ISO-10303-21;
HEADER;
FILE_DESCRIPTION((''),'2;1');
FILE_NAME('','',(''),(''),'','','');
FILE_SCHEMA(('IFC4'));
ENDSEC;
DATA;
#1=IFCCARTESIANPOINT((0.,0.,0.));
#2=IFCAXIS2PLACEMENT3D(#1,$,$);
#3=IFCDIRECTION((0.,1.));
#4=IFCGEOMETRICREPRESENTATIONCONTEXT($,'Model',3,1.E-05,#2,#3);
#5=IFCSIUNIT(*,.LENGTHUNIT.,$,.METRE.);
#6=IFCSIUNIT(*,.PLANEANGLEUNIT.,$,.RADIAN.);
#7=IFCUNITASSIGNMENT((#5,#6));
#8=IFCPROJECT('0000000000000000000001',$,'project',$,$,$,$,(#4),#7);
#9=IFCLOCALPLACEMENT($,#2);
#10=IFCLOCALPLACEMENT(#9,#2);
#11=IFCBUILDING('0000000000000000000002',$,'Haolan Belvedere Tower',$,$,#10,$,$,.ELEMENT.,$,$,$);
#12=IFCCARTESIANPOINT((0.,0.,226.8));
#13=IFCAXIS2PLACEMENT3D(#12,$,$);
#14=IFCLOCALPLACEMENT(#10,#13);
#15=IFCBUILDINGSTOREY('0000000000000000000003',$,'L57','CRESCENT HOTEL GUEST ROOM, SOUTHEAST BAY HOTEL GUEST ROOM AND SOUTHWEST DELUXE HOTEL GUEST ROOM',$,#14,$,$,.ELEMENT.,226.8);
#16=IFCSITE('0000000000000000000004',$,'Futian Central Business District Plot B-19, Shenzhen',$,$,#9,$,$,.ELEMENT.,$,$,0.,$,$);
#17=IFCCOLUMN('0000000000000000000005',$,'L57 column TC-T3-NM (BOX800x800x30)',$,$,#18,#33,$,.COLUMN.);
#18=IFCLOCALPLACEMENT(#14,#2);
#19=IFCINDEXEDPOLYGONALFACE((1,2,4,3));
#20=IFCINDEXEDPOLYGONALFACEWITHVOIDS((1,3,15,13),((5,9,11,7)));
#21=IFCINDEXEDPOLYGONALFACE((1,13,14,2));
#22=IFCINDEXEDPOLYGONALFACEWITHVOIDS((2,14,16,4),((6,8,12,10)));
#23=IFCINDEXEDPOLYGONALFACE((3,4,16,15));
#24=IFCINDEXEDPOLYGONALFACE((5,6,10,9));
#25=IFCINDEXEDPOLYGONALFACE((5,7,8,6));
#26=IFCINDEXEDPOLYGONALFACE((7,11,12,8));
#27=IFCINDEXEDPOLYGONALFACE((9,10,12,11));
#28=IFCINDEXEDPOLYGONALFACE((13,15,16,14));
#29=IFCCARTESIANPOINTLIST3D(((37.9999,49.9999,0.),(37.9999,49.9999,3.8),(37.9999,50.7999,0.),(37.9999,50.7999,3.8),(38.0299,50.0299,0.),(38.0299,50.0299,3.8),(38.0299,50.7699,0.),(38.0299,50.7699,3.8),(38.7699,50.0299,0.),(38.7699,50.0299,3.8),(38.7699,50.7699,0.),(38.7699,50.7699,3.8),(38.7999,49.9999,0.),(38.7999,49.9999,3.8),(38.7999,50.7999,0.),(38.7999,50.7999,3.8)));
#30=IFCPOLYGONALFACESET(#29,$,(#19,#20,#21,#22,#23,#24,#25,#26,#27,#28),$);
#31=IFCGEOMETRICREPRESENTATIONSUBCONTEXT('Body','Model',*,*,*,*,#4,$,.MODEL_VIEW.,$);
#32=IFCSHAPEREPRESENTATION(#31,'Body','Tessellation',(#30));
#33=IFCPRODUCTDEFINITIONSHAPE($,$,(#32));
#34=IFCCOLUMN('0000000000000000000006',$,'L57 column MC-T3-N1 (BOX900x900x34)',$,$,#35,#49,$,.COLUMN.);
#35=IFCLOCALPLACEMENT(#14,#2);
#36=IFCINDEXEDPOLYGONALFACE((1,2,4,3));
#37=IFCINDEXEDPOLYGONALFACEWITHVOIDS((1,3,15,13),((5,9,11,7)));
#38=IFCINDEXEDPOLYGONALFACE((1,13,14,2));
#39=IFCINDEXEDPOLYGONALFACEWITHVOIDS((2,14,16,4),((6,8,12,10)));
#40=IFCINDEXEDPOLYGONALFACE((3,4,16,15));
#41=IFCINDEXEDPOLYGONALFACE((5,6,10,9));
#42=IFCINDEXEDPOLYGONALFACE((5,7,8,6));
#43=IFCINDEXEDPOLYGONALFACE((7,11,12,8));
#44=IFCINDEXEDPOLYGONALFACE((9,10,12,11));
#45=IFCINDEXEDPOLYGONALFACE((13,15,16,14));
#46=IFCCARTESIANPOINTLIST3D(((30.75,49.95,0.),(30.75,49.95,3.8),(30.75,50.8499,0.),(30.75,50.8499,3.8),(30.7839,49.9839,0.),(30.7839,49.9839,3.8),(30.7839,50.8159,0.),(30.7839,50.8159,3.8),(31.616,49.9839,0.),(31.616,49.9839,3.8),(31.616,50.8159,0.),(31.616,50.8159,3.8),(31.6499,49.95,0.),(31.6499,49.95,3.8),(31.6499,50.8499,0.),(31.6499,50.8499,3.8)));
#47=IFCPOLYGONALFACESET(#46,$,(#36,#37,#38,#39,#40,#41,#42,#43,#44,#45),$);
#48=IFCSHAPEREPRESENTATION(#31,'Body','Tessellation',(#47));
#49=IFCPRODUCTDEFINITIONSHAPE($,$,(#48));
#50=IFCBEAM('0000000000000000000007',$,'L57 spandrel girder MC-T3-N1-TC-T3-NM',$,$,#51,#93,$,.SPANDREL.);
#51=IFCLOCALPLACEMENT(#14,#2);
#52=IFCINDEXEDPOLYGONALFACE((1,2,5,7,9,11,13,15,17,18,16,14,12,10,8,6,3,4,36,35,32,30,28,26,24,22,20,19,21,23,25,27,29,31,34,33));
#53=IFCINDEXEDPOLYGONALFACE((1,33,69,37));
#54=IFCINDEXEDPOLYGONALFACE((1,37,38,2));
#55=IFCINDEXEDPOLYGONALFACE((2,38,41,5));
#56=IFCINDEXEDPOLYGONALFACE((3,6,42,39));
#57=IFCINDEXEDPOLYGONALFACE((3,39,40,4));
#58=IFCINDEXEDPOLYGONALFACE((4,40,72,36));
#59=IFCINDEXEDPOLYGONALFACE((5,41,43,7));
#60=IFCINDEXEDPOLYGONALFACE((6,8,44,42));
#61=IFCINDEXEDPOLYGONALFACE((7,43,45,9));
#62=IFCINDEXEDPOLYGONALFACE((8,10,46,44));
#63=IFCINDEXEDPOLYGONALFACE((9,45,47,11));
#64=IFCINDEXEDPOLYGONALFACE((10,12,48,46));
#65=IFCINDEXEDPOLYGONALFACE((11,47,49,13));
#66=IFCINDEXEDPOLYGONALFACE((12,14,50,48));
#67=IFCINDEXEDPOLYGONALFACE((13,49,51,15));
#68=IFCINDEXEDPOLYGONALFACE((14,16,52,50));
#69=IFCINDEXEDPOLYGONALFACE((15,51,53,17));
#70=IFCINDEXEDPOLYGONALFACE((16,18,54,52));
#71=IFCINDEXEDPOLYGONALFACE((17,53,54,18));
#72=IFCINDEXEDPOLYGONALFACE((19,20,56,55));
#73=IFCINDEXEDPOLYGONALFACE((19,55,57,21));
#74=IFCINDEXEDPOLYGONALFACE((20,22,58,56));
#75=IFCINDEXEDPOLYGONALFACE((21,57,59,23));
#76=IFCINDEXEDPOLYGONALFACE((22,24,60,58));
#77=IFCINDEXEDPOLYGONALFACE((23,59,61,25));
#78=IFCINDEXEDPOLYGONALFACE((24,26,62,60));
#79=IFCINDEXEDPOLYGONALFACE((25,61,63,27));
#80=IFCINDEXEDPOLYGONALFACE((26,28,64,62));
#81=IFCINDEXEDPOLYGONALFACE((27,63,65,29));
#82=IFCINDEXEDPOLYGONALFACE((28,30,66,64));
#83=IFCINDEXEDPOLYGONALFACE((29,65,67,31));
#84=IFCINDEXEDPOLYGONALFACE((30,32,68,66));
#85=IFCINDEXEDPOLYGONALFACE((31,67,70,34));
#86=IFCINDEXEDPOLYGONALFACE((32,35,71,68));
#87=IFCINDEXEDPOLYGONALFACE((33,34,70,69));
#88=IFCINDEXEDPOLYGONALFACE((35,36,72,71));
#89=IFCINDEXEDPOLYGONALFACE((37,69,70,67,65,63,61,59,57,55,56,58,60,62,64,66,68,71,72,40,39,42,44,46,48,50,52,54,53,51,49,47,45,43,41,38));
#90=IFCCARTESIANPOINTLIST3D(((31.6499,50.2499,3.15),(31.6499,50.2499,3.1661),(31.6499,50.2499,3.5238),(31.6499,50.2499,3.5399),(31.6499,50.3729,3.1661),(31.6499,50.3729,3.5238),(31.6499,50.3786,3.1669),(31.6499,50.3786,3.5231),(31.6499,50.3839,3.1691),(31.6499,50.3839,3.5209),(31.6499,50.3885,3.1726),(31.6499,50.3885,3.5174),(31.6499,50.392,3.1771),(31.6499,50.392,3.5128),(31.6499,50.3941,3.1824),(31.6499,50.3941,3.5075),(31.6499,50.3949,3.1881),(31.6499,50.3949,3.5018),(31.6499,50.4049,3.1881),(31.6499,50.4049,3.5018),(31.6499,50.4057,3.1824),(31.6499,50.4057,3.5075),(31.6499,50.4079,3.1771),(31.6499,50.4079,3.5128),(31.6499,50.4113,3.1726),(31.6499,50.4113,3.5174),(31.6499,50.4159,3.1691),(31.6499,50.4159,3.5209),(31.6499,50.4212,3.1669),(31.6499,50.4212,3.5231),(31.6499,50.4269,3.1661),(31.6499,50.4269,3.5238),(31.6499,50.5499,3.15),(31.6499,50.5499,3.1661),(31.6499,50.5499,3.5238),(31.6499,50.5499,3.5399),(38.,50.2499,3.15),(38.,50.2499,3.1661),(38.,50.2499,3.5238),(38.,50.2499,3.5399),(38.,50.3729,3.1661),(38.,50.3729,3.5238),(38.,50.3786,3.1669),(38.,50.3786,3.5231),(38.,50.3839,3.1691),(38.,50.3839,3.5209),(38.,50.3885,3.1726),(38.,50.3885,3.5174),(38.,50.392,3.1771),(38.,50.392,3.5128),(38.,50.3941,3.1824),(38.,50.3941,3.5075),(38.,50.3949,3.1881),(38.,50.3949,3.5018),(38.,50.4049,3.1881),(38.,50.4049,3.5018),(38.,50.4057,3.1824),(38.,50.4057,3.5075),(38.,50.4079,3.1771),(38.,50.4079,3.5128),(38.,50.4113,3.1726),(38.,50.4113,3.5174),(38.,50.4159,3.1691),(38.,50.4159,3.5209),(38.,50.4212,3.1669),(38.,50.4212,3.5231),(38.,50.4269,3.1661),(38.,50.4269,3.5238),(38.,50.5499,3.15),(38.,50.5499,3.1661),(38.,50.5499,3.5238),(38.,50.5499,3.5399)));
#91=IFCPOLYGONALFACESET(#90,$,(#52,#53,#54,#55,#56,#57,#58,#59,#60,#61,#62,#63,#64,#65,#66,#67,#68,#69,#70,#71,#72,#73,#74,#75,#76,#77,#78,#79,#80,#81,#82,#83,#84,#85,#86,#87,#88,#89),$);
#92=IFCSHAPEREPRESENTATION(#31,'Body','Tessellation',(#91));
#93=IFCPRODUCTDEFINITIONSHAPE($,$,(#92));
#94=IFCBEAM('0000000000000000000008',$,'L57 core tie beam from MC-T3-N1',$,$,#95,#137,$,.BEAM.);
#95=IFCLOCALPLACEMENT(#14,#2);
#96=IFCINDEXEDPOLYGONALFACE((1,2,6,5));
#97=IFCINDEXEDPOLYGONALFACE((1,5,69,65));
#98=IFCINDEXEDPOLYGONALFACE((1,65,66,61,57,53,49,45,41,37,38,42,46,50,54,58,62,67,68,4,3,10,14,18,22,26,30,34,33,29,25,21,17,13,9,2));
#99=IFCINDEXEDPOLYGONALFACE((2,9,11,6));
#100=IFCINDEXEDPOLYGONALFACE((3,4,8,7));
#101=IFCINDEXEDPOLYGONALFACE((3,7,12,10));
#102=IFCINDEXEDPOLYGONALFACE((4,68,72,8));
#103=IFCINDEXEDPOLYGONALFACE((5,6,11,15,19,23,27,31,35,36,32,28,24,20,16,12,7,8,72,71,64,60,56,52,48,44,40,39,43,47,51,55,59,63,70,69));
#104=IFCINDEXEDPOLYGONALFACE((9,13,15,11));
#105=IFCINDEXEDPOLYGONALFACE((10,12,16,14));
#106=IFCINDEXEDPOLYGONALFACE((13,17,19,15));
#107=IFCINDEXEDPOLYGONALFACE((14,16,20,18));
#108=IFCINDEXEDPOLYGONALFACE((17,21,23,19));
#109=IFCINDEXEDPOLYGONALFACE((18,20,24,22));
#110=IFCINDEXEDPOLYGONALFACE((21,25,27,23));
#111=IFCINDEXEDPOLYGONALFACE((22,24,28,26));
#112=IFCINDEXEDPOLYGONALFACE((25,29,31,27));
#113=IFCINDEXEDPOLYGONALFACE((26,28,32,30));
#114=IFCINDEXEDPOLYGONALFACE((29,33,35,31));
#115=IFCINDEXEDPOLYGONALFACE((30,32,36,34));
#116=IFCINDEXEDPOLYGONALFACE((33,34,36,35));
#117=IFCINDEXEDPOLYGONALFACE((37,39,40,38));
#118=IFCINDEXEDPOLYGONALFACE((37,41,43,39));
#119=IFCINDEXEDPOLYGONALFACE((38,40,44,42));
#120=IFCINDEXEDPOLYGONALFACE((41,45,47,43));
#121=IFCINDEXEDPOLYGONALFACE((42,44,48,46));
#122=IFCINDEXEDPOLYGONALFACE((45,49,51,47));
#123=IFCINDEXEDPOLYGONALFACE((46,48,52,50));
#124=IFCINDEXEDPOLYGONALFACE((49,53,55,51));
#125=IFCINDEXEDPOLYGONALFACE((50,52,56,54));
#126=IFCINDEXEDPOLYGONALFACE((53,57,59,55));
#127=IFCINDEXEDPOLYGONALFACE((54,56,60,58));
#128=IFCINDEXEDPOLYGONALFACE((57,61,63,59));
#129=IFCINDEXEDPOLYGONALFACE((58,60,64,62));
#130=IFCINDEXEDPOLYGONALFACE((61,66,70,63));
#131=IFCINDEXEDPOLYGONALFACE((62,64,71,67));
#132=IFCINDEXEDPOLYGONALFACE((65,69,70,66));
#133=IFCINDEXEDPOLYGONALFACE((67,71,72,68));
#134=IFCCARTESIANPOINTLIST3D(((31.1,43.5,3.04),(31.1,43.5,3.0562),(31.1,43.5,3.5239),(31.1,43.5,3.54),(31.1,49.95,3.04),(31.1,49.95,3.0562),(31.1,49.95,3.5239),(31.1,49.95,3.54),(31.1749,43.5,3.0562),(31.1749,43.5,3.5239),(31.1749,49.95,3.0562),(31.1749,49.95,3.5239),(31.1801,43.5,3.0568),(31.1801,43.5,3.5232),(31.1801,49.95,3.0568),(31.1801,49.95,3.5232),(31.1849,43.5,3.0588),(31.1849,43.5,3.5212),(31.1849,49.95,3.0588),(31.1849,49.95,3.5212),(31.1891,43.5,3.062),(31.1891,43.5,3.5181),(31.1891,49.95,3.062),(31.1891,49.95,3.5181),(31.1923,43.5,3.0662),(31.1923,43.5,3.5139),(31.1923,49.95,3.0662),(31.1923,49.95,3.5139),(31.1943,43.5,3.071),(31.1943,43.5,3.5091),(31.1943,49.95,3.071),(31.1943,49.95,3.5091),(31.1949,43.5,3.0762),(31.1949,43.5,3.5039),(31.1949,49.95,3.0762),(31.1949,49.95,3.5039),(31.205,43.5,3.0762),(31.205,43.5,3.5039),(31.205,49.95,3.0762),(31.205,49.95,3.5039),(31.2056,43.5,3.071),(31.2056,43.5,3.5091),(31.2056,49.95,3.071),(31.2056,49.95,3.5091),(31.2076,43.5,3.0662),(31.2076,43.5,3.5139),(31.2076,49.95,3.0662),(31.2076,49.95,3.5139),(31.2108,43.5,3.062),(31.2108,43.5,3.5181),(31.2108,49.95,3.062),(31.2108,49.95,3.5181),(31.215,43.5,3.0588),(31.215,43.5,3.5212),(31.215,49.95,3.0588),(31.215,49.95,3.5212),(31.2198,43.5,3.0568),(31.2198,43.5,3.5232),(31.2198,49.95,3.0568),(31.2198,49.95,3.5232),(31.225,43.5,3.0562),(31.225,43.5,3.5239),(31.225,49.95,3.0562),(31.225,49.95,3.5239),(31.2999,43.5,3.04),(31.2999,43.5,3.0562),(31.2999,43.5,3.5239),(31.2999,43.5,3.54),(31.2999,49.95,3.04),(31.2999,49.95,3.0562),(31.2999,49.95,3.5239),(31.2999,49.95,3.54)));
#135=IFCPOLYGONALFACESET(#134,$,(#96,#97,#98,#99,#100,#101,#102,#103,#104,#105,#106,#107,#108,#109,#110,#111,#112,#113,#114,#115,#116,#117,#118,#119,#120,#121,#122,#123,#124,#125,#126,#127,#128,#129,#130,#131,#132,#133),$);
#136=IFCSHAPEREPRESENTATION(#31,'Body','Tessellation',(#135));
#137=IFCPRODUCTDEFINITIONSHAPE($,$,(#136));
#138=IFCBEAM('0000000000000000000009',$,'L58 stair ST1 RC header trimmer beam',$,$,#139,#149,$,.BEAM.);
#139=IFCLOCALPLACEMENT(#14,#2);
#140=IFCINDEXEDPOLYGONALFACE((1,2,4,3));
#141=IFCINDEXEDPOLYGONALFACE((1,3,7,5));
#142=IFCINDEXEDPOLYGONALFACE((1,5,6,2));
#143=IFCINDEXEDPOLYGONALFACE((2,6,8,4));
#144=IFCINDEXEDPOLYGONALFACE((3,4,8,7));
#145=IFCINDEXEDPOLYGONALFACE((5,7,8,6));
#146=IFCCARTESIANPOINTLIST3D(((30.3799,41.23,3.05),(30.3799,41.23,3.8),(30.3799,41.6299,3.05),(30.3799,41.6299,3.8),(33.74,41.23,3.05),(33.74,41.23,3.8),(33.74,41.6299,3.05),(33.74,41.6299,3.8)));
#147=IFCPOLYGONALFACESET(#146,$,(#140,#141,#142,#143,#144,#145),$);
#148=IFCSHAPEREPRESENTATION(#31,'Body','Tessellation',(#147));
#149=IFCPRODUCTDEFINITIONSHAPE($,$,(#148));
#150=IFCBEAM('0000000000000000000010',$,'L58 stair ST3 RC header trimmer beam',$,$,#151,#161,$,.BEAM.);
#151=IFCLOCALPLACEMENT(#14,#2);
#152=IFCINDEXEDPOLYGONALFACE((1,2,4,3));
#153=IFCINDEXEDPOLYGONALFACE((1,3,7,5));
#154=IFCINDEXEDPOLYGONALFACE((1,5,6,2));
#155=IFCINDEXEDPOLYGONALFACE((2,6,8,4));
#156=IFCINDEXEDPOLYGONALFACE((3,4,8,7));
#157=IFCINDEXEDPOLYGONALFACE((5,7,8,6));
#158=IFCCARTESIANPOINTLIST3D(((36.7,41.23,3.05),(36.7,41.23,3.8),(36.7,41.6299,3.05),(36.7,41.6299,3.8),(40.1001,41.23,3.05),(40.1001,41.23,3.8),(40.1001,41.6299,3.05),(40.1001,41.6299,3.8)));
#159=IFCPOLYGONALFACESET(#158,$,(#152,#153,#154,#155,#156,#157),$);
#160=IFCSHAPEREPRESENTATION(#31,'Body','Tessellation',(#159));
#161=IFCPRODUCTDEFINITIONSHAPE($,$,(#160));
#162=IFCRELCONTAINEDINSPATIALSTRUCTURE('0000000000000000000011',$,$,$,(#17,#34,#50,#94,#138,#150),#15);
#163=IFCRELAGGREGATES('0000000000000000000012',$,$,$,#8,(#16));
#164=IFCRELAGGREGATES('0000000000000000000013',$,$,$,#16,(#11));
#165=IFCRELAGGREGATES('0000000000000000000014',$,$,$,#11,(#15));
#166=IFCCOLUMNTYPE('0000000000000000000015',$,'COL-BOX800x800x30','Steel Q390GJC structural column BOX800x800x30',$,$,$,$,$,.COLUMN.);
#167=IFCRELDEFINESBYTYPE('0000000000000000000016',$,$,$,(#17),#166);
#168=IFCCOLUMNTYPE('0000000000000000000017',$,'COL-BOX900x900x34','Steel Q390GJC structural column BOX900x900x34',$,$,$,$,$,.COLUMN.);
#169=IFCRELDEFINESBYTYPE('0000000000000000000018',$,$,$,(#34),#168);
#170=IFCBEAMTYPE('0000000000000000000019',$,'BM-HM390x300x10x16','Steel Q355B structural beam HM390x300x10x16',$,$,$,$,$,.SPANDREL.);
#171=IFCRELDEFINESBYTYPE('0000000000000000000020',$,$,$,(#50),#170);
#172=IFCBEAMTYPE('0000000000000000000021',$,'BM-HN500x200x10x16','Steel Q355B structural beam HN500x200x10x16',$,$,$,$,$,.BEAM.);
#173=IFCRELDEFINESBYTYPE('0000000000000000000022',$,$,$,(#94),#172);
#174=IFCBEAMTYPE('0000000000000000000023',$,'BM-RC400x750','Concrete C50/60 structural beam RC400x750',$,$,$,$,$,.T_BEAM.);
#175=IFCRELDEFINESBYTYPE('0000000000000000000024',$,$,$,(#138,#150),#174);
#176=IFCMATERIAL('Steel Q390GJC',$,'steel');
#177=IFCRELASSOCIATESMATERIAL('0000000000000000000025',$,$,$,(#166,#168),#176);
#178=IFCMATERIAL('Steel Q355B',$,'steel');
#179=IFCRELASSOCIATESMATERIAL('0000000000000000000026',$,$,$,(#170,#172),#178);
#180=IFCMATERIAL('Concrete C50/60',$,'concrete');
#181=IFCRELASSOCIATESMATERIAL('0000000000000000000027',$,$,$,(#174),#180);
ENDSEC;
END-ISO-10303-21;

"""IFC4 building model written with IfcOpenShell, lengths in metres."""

from ifc_helpers import new_model, si_unit, direction, frame, origin, origin_2d, place, context, subcontext, project, spatial, rectangle, hollow_rectangle, i_section, extrude, material, material_profile, profile_set, type_object, element, save


model = new_model("IFC4")

# Units and contexts
model_context = context("Model", 3, precision=1e-05, world=origin(), true_north=direction((0.0, 1.0)))
body_context = subcontext(model_context, "Body", "Model", "MODEL_VIEW")
ifc_project = project(units=[si_unit("LENGTHUNIT", "METRE"), si_unit("PLANEANGLEUNIT", "RADIAN")], contexts=[model_context])

# Site, building, storey
site_placement = place(None, origin())
site = spatial("IfcSite", under=ifc_project, at=site_placement, Name="Futian Central Business District Plot B-19, Shenzhen", CompositionType="ELEMENT", RefElevation=0.0)
building_placement = place(site_placement, origin())
building = spatial("IfcBuilding", under=site, at=building_placement, Name="Haolan Belvedere Tower", CompositionType="ELEMENT")
storey_placement = place(building_placement, frame((0.0, 0.0, 226.8)))
storey = spatial("IfcBuildingStorey", under=building, at=storey_placement, Name="L57", Description="CRESCENT HOTEL GUEST ROOM, SOUTHEAST BAY HOTEL GUEST ROOM AND SOUTHWEST DELUXE HOTEL GUEST ROOM", CompositionType="ELEMENT", Elevation=226.8)

# Columns
ifc_material_1 = material(Name="Steel Q390GJC", Category="steel")
ifc_material_profile_1 = material_profile(ifc_material_1, hollow_rectangle(XDim=0.8, YDim=0.8, WallThickness=0.03, at=origin_2d()), Name="Steel Q390GJC")
ifc_profile_set_1 = profile_set([ifc_material_profile_1], Name="Steel Q390GJC")
column_type_1 = type_object("IfcColumnType", Name="COL-BOX800x800x30", Description="Steel Q390GJC structural column BOX800x800x30", PredefinedType="COLUMN", material=ifc_profile_set_1)
column_1_placement = place(storey_placement, frame((38.3999, 50.3999, 0.0), z_axis=(0.0, 0.0, 1.0), x_axis=(1.0, 0.0, 0.0)))
element("IfcColumn", 1, at=column_1_placement, inside=storey, type_object=column_type_1, Name="L57 column TC-T3-NM (BOX800x800x30)", PredefinedType="COLUMN", context=body_context, shape_type="SweptSolid", body=[
    extrude(hollow_rectangle(XDim=0.8, YDim=0.8, WallThickness=0.03, at=origin_2d()), origin(), (0.0, 0.0, 1.0), 3.8),
])
ifc_material_profile_2 = material_profile(ifc_material_1, hollow_rectangle(XDim=0.8999, YDim=0.8999, WallThickness=0.0339, at=origin_2d()), Name="Steel Q390GJC")
ifc_profile_set_2 = profile_set([ifc_material_profile_2], Name="Steel Q390GJC")
column_type_2 = type_object("IfcColumnType", Name="COL-BOX900x900x34", Description="Steel Q390GJC structural column BOX900x900x34", PredefinedType="COLUMN", material=ifc_profile_set_2)
column_2_placement = place(storey_placement, frame((31.2, 50.3999, 0.0), z_axis=(0.0, 0.0, 1.0), x_axis=(1.0, 0.0, 0.0)))
element("IfcColumn", 2, at=column_2_placement, inside=storey, type_object=column_type_2, Name="L57 column MC-T3-N1 (BOX900x900x34)", PredefinedType="COLUMN", context=body_context, shape_type="SweptSolid", body=[
    extrude(hollow_rectangle(XDim=0.8999, YDim=0.8999, WallThickness=0.0339, at=origin_2d()), origin(), (0.0, 0.0, 1.0), 3.8),
])

# Beams
ifc_material_2 = material(Name="Steel Q355B", Category="steel")
ifc_material_profile_3 = material_profile(ifc_material_2, i_section(OverallWidth=0.3, OverallDepth=0.3899, WebThickness=0.01, FlangeThickness=0.0161, FilletRadius=0.022, at=origin_2d()), Name="Steel Q355B")
ifc_profile_set_3 = profile_set([ifc_material_profile_3], Name="Steel Q355B")
beam_type_1 = type_object("IfcBeamType", Name="BM-HM390x300x10x16", Description="Steel Q355B structural beam HM390x300x10x16", PredefinedType="SPANDREL", material=ifc_profile_set_3)
beam_1_placement = place(storey_placement, frame((31.6499, 50.3999, 3.345), z_axis=(1.0, 0.0, 0.0), x_axis=(0.0, 1.0, 0.0)))
element("IfcBeam", 3, at=beam_1_placement, inside=storey, type_object=beam_type_1, Name="L57 spandrel girder MC-T3-N1-TC-T3-NM", PredefinedType="SPANDREL", context=body_context, shape_type="SweptSolid", body=[
    extrude(i_section(OverallWidth=0.3, OverallDepth=0.3899, WebThickness=0.01, FlangeThickness=0.0161, FilletRadius=0.022, at=origin_2d()), origin(), (0.0, 0.0, 1.0), 6.3501),
])
ifc_material_profile_4 = material_profile(ifc_material_2, i_section(OverallWidth=0.2, OverallDepth=0.5, WebThickness=0.01, FlangeThickness=0.0161, FilletRadius=0.02, at=origin_2d()), Name="Steel Q355B")
ifc_profile_set_4 = profile_set([ifc_material_profile_4], Name="Steel Q355B")
beam_type_2 = type_object("IfcBeamType", Name="BM-HN500x200x10x16", Description="Steel Q355B structural beam HN500x200x10x16", PredefinedType="BEAM", material=ifc_profile_set_4)
beam_2_placement = place(storey_placement, frame((31.2, 49.95, 3.29), z_axis=(0.0, -1.0, 0.0), x_axis=(1.0, 0.0, 0.0)))
element("IfcBeam", 4, at=beam_2_placement, inside=storey, type_object=beam_type_2, Name="L57 core tie beam from MC-T3-N1", PredefinedType="BEAM", context=body_context, shape_type="SweptSolid", body=[
    extrude(i_section(OverallWidth=0.2, OverallDepth=0.5, WebThickness=0.01, FlangeThickness=0.0161, FilletRadius=0.02, at=origin_2d()), origin(), (0.0, 0.0, 1.0), 6.45),
])
ifc_material_3 = material(Name="Concrete C50/60", Category="concrete")
ifc_material_profile_5 = material_profile(ifc_material_3, rectangle(XDim=0.3999, YDim=0.75, at=origin_2d()), Name="Concrete C50/60")
ifc_profile_set_5 = profile_set([ifc_material_profile_5], Name="Concrete C50/60")
beam_type_3 = type_object("IfcBeamType", Name="BM-RC400x750", Description="Concrete C50/60 structural beam RC400x750", PredefinedType="T_BEAM", material=ifc_profile_set_5)
beam_3_placement = place(storey_placement, frame((30.3799, 41.4299, 3.425), z_axis=(1.0, 0.0, 0.0), x_axis=(0.0, 1.0, 0.0)))
element("IfcBeam", 5, at=beam_3_placement, inside=storey, type_object=beam_type_3, Name="L58 stair ST1 RC header trimmer beam", PredefinedType="BEAM", context=body_context, shape_type="SweptSolid", body=[
    extrude(rectangle(XDim=0.3999, YDim=0.75, at=origin_2d()), origin(), (0.0, 0.0, 1.0), 3.3601),
])
beam_4_placement = place(storey_placement, frame((36.7, 41.4299, 3.425), z_axis=(1.0, 0.0, 0.0), x_axis=(0.0, 1.0, 0.0)))
element("IfcBeam", 6, at=beam_4_placement, inside=storey, type_object=beam_type_3, Name="L58 stair ST3 RC header trimmer beam", PredefinedType="BEAM", context=body_context, shape_type="SweptSolid", body=[
    extrude(rectangle(XDim=0.3999, YDim=0.75, at=origin_2d()), origin(), (0.0, 0.0, 1.0), 3.4001),
])

save(model, "model.ifc")
